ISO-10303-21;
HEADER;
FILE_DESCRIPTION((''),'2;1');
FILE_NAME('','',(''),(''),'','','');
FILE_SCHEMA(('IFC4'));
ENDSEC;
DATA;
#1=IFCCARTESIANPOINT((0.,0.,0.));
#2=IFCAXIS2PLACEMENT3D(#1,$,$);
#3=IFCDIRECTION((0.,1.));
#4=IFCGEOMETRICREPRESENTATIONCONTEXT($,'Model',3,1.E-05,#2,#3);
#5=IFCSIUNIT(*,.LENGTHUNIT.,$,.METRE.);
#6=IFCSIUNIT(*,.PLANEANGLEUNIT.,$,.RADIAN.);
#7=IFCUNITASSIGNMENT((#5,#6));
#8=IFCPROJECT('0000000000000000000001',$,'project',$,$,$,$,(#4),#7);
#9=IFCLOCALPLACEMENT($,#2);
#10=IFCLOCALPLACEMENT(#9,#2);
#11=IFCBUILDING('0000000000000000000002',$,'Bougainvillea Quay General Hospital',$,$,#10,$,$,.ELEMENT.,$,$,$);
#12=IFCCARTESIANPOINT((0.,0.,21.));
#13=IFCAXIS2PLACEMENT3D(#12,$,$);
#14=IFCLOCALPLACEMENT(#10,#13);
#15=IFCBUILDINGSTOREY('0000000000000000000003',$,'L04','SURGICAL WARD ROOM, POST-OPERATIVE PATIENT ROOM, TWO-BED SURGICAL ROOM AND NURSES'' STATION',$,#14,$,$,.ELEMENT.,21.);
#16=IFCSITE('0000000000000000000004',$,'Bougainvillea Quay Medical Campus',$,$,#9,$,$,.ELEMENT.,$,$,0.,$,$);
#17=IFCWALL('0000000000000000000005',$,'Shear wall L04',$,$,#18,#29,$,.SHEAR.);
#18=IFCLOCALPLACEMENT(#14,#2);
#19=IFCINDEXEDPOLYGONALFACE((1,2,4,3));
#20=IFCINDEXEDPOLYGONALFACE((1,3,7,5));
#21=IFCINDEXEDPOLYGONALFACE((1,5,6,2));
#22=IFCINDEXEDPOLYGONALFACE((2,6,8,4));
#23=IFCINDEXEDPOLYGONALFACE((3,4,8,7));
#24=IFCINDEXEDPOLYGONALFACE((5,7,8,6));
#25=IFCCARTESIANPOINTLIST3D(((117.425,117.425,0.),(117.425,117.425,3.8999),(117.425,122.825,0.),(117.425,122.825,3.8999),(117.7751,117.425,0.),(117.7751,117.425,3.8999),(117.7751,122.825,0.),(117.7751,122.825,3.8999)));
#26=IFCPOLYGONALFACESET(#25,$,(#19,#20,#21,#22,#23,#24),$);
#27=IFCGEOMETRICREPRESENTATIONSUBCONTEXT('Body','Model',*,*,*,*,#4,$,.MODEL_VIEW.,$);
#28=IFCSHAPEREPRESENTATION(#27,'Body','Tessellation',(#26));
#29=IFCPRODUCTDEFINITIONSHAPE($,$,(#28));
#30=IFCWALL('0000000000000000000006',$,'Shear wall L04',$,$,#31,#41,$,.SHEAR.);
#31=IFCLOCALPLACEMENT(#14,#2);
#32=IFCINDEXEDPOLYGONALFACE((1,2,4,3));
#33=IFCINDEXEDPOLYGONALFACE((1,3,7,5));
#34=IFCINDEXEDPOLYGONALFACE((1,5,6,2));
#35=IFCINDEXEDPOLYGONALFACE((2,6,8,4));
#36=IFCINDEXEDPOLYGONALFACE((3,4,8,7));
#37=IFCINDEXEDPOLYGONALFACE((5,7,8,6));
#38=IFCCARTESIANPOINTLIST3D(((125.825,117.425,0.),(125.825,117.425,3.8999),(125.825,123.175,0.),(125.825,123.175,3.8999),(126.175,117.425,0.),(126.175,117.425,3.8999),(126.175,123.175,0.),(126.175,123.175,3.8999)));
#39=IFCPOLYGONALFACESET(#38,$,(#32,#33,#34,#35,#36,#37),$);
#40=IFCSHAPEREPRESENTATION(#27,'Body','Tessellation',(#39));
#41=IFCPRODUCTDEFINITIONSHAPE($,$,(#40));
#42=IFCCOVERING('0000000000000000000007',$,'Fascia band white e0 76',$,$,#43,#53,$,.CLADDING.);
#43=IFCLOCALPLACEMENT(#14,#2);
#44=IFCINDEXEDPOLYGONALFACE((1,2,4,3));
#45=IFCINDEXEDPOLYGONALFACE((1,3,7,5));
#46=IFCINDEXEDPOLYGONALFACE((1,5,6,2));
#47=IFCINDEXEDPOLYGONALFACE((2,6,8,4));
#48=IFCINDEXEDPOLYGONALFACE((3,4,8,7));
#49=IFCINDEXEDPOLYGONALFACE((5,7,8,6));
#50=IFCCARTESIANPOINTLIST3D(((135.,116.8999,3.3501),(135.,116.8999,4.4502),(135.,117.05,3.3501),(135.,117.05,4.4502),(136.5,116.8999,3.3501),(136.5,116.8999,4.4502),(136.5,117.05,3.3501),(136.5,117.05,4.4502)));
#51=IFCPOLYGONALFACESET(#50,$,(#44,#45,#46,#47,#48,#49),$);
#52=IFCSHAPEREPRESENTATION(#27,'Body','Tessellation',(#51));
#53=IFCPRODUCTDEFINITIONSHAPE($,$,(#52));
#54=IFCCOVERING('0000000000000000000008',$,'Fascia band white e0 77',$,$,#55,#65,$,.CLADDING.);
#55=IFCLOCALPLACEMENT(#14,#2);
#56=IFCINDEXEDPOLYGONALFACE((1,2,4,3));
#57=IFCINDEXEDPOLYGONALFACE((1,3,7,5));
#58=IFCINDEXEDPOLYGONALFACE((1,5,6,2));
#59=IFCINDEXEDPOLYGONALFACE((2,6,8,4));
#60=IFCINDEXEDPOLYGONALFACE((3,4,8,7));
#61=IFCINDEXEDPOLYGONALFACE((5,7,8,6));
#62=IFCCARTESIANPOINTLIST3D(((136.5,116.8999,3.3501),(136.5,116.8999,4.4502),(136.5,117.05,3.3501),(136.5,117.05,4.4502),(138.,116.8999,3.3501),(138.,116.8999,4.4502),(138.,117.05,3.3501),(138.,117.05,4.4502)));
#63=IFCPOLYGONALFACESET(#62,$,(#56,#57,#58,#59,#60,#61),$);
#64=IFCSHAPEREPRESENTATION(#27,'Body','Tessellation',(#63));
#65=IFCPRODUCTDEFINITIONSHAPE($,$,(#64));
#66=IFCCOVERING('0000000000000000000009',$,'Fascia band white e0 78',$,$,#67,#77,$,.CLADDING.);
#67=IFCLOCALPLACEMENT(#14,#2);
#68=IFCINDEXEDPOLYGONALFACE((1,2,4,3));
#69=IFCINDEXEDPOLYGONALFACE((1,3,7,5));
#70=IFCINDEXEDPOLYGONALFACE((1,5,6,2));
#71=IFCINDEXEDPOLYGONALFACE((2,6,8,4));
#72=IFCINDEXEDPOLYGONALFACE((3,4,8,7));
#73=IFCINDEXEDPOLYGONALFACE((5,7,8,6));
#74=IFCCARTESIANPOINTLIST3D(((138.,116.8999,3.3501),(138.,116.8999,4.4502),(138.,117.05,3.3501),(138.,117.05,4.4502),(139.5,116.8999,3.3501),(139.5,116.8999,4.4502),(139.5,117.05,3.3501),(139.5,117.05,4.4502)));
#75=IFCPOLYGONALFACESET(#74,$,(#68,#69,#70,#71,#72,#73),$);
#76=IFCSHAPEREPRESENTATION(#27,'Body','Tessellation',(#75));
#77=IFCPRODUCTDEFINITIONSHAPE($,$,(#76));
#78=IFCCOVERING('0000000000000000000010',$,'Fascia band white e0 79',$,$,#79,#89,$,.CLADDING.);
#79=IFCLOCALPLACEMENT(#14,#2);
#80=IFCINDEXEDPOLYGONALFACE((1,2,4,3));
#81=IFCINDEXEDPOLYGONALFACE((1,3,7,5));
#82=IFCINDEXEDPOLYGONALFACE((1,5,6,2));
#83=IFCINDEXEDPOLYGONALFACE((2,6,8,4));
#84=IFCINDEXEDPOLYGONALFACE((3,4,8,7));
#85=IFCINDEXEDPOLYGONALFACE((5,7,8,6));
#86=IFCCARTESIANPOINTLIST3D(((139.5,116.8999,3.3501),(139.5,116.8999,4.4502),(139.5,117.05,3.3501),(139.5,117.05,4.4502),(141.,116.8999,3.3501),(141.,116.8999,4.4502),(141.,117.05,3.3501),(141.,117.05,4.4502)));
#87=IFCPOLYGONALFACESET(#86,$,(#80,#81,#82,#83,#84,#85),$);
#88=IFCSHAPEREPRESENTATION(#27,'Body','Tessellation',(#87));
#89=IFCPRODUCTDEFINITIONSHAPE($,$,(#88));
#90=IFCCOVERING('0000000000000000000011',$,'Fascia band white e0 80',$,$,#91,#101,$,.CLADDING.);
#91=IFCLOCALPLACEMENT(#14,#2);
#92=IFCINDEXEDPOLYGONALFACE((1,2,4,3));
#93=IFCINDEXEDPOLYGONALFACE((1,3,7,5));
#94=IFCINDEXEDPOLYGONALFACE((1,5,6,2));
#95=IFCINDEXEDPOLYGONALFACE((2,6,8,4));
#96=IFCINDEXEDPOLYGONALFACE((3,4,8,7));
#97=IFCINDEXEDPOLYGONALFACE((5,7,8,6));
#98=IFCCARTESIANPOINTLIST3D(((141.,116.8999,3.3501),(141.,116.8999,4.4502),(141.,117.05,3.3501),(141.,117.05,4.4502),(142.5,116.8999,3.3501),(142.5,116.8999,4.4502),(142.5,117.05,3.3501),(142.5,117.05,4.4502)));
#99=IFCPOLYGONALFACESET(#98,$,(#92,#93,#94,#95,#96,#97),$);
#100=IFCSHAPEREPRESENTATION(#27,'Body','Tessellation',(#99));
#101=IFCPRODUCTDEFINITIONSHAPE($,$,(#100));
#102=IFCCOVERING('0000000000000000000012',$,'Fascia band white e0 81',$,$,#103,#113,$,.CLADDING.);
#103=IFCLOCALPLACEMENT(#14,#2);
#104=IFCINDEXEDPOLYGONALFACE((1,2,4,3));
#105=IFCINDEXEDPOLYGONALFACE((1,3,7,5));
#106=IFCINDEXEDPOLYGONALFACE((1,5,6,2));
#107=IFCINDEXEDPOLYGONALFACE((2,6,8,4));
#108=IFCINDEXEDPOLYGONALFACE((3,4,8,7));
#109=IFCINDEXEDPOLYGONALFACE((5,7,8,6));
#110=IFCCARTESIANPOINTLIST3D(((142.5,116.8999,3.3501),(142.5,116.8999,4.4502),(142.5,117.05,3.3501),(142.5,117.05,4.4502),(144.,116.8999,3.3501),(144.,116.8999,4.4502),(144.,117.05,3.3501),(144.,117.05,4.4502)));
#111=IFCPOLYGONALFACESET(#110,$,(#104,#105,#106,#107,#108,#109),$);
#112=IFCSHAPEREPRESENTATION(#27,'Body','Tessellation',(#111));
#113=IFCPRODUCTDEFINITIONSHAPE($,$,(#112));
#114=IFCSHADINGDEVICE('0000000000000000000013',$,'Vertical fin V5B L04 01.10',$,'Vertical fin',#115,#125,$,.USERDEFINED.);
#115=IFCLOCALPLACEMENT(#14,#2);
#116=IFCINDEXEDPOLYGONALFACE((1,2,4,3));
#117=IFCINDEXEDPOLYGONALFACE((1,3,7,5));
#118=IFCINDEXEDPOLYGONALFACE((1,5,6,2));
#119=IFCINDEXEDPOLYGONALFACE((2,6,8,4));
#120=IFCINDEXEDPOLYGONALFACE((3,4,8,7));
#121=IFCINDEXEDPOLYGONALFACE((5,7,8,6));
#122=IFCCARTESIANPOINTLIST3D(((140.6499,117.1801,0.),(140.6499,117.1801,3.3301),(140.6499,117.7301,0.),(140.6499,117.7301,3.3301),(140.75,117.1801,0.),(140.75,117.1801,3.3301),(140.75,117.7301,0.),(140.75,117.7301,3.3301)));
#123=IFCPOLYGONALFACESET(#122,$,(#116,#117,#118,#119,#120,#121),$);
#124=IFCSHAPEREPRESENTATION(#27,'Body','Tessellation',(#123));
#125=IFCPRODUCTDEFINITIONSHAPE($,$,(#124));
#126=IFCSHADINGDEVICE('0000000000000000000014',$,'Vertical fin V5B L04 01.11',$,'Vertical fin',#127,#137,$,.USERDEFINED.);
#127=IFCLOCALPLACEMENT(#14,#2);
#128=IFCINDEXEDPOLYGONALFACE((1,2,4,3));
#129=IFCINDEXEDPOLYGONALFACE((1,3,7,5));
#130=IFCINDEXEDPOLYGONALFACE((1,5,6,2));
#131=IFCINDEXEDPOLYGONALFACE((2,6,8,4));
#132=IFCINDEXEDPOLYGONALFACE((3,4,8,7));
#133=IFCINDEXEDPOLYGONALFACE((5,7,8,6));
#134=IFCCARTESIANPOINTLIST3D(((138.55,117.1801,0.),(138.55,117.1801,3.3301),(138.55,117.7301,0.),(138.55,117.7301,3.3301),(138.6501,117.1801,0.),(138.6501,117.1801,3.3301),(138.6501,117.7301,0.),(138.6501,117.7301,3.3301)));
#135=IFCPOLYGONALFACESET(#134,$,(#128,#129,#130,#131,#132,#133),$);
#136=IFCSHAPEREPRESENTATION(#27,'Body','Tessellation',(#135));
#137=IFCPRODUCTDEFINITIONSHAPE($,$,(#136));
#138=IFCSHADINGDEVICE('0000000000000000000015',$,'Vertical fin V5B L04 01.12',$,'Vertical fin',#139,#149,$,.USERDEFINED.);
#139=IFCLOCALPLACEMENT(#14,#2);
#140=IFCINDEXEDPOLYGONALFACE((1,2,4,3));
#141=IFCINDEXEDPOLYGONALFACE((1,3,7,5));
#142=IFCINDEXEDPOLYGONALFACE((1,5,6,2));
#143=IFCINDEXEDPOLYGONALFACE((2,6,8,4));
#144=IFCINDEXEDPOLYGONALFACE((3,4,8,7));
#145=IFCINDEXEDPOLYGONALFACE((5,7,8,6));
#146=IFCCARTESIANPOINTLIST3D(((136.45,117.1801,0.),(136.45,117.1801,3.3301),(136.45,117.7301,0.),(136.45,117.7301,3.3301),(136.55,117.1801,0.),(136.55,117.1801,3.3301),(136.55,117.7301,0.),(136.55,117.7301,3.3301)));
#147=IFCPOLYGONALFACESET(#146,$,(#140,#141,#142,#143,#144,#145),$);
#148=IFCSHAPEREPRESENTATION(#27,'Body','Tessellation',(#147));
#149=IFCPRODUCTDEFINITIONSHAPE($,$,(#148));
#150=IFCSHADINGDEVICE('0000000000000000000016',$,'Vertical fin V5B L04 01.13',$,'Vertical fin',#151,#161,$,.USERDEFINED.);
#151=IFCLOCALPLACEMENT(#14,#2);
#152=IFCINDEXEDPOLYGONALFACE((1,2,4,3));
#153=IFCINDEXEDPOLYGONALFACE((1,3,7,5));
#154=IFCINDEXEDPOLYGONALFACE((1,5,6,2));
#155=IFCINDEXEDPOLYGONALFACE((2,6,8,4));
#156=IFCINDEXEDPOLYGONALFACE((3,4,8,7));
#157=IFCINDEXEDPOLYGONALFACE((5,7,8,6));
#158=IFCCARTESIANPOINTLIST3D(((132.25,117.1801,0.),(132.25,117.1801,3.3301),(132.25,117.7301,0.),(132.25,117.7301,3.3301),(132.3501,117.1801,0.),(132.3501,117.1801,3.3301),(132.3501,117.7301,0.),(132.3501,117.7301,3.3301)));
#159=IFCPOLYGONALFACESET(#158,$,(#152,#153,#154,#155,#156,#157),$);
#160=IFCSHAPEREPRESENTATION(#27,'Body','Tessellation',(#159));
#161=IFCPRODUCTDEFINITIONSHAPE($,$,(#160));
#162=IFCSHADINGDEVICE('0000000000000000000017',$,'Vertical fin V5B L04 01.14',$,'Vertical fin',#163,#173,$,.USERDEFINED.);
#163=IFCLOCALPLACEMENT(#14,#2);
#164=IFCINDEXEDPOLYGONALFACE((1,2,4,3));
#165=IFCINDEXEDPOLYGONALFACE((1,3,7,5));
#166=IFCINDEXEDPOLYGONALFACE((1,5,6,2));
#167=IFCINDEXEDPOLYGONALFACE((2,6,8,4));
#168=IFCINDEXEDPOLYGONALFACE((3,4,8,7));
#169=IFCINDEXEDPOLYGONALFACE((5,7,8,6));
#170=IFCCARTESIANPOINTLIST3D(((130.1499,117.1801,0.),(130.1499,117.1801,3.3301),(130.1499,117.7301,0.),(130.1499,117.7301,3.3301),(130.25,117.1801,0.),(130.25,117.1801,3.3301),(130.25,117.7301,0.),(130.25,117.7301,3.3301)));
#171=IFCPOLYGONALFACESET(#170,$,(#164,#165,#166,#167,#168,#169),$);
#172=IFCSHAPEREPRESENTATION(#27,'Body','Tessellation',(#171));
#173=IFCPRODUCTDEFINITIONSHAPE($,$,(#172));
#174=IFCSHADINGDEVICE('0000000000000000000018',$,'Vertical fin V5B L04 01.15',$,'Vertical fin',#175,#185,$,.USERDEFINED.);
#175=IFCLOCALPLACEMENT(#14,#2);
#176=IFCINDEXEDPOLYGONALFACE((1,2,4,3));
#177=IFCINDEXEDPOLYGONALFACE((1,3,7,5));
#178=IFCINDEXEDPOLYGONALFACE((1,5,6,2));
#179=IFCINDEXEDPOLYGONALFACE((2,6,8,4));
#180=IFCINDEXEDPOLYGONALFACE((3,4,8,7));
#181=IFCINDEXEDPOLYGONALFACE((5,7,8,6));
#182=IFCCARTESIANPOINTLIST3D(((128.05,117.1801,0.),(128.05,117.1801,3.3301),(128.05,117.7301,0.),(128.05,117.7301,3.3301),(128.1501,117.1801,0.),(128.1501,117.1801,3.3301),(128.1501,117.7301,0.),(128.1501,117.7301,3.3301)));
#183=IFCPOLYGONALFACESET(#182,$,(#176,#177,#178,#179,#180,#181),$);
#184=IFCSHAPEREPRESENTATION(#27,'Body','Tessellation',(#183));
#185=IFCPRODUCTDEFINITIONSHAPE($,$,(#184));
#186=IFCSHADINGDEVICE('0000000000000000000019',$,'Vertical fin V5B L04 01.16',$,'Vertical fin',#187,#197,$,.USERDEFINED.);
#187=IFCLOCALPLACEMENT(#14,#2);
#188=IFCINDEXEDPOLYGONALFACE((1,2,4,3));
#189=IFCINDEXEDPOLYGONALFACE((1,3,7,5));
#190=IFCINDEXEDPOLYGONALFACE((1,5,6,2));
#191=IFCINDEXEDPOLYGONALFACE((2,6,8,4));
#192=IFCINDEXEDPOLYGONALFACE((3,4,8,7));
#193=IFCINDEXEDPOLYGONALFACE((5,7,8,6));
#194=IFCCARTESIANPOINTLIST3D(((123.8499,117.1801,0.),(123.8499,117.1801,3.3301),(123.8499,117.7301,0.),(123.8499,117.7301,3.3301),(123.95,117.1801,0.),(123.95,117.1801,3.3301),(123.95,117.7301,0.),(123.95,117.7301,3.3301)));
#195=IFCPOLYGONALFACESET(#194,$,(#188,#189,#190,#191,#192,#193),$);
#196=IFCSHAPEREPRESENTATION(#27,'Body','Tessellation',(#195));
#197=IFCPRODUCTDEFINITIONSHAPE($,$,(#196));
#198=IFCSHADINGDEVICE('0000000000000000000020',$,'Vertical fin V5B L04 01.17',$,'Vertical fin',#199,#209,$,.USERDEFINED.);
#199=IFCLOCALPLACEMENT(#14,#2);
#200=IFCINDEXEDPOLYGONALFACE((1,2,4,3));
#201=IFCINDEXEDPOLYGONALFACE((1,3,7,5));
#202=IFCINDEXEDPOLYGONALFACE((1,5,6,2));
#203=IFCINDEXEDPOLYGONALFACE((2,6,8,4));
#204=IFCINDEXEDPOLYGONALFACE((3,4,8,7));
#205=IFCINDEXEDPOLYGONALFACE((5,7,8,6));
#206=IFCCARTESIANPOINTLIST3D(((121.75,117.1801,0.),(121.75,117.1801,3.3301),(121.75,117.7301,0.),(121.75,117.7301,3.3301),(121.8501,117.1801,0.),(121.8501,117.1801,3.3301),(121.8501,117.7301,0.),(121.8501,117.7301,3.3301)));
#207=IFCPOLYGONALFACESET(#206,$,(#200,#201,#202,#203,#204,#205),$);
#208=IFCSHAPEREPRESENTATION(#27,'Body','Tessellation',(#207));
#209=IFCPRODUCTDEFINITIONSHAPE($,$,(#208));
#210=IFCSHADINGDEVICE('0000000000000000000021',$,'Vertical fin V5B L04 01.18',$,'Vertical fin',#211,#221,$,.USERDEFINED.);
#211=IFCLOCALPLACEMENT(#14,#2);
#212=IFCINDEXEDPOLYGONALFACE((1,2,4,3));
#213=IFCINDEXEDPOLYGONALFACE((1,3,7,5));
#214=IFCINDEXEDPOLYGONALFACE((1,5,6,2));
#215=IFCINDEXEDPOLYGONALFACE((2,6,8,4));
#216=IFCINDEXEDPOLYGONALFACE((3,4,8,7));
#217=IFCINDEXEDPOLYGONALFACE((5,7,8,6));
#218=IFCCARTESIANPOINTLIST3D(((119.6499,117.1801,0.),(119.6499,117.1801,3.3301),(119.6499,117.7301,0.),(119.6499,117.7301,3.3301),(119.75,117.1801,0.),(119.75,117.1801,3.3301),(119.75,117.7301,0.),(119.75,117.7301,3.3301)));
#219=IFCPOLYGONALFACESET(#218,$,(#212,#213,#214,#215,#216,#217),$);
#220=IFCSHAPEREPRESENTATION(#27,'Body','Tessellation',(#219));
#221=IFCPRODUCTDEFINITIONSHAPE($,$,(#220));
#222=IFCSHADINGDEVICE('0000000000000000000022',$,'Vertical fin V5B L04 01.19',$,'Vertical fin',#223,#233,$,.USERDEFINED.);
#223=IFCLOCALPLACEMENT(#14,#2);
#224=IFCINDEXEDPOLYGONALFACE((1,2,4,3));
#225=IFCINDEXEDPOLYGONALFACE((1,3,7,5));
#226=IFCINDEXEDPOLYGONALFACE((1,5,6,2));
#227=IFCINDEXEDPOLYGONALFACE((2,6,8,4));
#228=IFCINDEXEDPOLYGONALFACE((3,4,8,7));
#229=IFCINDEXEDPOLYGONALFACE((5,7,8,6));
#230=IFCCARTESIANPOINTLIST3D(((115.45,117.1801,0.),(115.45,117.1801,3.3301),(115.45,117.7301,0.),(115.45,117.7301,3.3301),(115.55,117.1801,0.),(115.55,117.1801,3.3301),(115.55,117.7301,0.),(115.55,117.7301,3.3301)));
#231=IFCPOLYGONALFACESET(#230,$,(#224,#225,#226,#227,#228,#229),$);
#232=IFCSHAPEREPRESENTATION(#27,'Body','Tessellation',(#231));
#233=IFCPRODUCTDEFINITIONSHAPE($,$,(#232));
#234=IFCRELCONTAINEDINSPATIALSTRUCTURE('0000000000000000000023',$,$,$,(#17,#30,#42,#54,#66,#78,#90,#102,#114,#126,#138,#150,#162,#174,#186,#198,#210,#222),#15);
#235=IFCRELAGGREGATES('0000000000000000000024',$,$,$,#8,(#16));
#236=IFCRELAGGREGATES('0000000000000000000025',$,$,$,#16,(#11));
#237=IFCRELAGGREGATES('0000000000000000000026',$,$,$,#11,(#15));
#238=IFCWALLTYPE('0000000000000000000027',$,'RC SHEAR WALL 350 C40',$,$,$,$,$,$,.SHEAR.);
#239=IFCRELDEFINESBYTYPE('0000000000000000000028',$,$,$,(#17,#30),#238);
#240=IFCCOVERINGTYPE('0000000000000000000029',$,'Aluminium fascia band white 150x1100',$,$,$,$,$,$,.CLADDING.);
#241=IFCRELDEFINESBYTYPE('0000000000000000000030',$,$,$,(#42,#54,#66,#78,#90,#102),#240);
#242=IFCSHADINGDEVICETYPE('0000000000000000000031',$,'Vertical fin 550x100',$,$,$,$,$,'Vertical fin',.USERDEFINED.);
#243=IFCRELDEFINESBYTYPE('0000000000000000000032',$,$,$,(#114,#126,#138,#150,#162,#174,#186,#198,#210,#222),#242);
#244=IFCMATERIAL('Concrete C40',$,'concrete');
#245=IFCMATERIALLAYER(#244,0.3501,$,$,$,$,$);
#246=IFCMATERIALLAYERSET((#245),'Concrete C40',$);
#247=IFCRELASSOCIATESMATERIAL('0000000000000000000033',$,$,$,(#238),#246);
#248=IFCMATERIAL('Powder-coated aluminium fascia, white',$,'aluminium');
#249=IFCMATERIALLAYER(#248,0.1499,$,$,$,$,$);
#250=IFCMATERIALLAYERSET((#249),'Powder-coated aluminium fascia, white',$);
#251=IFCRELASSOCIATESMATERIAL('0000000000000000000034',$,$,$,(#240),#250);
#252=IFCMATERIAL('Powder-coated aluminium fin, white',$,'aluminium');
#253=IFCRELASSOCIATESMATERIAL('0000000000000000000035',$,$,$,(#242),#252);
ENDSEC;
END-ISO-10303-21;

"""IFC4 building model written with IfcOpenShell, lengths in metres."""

from ifc_helpers import new_model, si_unit, direction, frame, frame_2d, origin, origin_2d, place, context, subcontext, project, spatial, polyline, rectangle, outline, extrude, material, layer, layer_set, material_profile, profile_set, type_object, element, save


model = new_model("IFC4")

# Units and contexts
model_context = context("Model", 3, precision=1e-05, world=origin(), true_north=direction((0.0, 1.0)))
body_context = subcontext(model_context, "Body", "Model", "MODEL_VIEW")
ifc_project = project(units=[si_unit("LENGTHUNIT", "METRE"), si_unit("PLANEANGLEUNIT", "RADIAN")], contexts=[model_context])

# Site, building, storey
site_placement = place(None, origin())
site = spatial("IfcSite", under=ifc_project, at=site_placement, Name="Bougainvillea Quay Medical Campus", CompositionType="ELEMENT", RefElevation=0.0)
building_placement = place(site_placement, origin())
building = spatial("IfcBuilding", under=site, at=building_placement, Name="Bougainvillea Quay General Hospital", CompositionType="ELEMENT")
storey_placement = place(building_placement, frame((0.0, 0.0, 21.0)))
storey = spatial("IfcBuildingStorey", under=building, at=storey_placement, Name="L04", Description="SURGICAL WARD ROOM, POST-OPERATIVE PATIENT ROOM, TWO-BED SURGICAL ROOM AND NURSES' STATION", CompositionType="ELEMENT", Elevation=21.0)

# Walls
ifc_material_1 = material(Name="Concrete C40", Category="concrete")
ifc_layer_1 = layer(ifc_material_1, 0.3501)
ifc_layer_set_1 = layer_set([ifc_layer_1], Name="Concrete C40")
wall_type = type_object("IfcWallType", Name="RC SHEAR WALL 350 C40", PredefinedType="SHEAR", material=ifc_layer_set_1)
wall_1_placement = place(storey_placement, frame((117.6001, 117.425, 0.0), z_axis=(0.0, 0.0, 1.0), x_axis=(0.0, 1.0, 0.0)))
element("IfcWall", 1, at=wall_1_placement, inside=storey, type_object=wall_type, Name="Shear wall L04", PredefinedType="SHEAR", context=body_context, shape_type="SweptSolid", body=[
    extrude(rectangle(XDim=5.3999, YDim=0.3501, at=frame_2d((2.7, 0.0))), origin(), (0.0, 0.0, 1.0), 3.8999),
])
wall_2_placement = place(storey_placement, frame((126.0, 117.425, 0.0), z_axis=(0.0, 0.0, 1.0), x_axis=(0.0, 1.0, 0.0)))
element("IfcWall", 2, at=wall_2_placement, inside=storey, type_object=wall_type, Name="Shear wall L04", PredefinedType="SHEAR", context=body_context, shape_type="SweptSolid", body=[
    extrude(rectangle(XDim=5.75, YDim=0.3501, at=frame_2d((2.875, 0.0))), origin(), (0.0, 0.0, 1.0), 3.8999),
])

# Coverings
ifc_material_2 = material(Name="Powder-coated aluminium fascia, white", Category="aluminium")
ifc_layer_2 = layer(ifc_material_2, 0.1499)
ifc_layer_set_2 = layer_set([ifc_layer_2], Name="Powder-coated aluminium fascia, white")
covering_type = type_object("IfcCoveringType", Name="Aluminium fascia band white 150x1100", PredefinedType="CLADDING", material=ifc_layer_set_2)
for number, where, z_axis, x_axis, name in (
    (3, (135.0, 117.05, 3.3501), (0.0, 0.0, 1.0), (1.0, 0.0, 0.0), "Fascia band white e0 76"),
    (4, (136.5, 117.05, 3.3501), (0.0, 0.0, 1.0), (1.0, 0.0, 0.0), "Fascia band white e0 77"),
    (5, (138.0, 117.05, 3.3501), (0.0, 0.0, 1.0), (1.0, 0.0, 0.0), "Fascia band white e0 78"),
    (6, (139.5, 117.05, 3.3501), (0.0, 0.0, 1.0), (1.0, 0.0, 0.0), "Fascia band white e0 79"),
    (7, (141.0, 117.05, 3.3501), (0.0, 0.0, 1.0), (1.0, 0.0, 0.0), "Fascia band white e0 80"),
    (8, (142.5, 117.05, 3.3501), (0.0, 0.0, 1.0), (1.0, 0.0, 0.0), "Fascia band white e0 81"),
):
    element("IfcCovering", number, at=place(storey_placement, frame(where, z_axis=z_axis, x_axis=x_axis)), inside=storey, type_object=covering_type, Name=name, PredefinedType="CLADDING", context=body_context, shape_type="SweptSolid", body=[
        extrude(outline(polyline([(0.0, 0.0), (1.5, 0.0), (1.5, -0.1501), (0.0, -0.1501), (0.0, 0.0)])), origin(), (0.0, 0.0, 1.0), 1.1001),
    ])

# Shading devices
ifc_material_3 = material(Name="Powder-coated aluminium fin, white", Category="aluminium")
ifc_material_profile = material_profile(ifc_material_3, rectangle(XDim=0.55, YDim=0.1001, at=origin_2d()))
ifc_profile_set = profile_set([ifc_material_profile], Name="Powder-coated aluminium fin, white")
shading_device_type = type_object("IfcShadingDeviceType", Name="Vertical fin 550x100", ElementType="Vertical fin", PredefinedType="USERDEFINED", material=ifc_profile_set)
for number, where, z_axis, x_axis, name in (
    (9, (140.7, 117.4551, 0.0), (0.0, 0.0, 1.0), (0.0, -1.0, 0.0), "Vertical fin V5B L04 01.10"),
    (10, (138.6001, 117.4551, 0.0), (0.0, 0.0, 1.0), (0.0, -1.0, 0.0), "Vertical fin V5B L04 01.11"),
    (11, (136.5, 117.4551, 0.0), (0.0, 0.0, 1.0), (0.0, -1.0, 0.0), "Vertical fin V5B L04 01.12"),
    (12, (132.3, 117.4551, 0.0), (0.0, 0.0, 1.0), (0.0, -1.0, 0.0), "Vertical fin V5B L04 01.13"),
    (13, (130.2, 117.4551, 0.0), (0.0, 0.0, 1.0), (0.0, -1.0, 0.0), "Vertical fin V5B L04 01.14"),
    (14, (128.1001, 117.4551, 0.0), (0.0, 0.0, 1.0), (0.0, -1.0, 0.0), "Vertical fin V5B L04 01.15"),
    (15, (123.8999, 117.4551, 0.0), (0.0, 0.0, 1.0), (0.0, -1.0, 0.0), "Vertical fin V5B L04 01.16"),
    (16, (121.8, 117.4551, 0.0), (0.0, 0.0, 1.0), (0.0, -1.0, 0.0), "Vertical fin V5B L04 01.17"),
    (17, (119.7, 117.4551, 0.0), (0.0, 0.0, 1.0), (0.0, -1.0, 0.0), "Vertical fin V5B L04 01.18"),
    (18, (115.5, 117.4551, 0.0), (0.0, 0.0, 1.0), (0.0, -1.0, 0.0), "Vertical fin V5B L04 01.19"),
):
    element("IfcShadingDevice", number, at=place(storey_placement, frame(where, z_axis=z_axis, x_axis=x_axis)), inside=storey, type_object=shading_device_type, Name=name, ObjectType="Vertical fin", PredefinedType="USERDEFINED", context=body_context, shape_type="SweptSolid", body=[
        extrude(rectangle(XDim=0.55, YDim=0.1001, at=origin_2d()), origin(), (0.0, 0.0, 1.0), 3.3301),
    ])

save(model, "model.ifc")
